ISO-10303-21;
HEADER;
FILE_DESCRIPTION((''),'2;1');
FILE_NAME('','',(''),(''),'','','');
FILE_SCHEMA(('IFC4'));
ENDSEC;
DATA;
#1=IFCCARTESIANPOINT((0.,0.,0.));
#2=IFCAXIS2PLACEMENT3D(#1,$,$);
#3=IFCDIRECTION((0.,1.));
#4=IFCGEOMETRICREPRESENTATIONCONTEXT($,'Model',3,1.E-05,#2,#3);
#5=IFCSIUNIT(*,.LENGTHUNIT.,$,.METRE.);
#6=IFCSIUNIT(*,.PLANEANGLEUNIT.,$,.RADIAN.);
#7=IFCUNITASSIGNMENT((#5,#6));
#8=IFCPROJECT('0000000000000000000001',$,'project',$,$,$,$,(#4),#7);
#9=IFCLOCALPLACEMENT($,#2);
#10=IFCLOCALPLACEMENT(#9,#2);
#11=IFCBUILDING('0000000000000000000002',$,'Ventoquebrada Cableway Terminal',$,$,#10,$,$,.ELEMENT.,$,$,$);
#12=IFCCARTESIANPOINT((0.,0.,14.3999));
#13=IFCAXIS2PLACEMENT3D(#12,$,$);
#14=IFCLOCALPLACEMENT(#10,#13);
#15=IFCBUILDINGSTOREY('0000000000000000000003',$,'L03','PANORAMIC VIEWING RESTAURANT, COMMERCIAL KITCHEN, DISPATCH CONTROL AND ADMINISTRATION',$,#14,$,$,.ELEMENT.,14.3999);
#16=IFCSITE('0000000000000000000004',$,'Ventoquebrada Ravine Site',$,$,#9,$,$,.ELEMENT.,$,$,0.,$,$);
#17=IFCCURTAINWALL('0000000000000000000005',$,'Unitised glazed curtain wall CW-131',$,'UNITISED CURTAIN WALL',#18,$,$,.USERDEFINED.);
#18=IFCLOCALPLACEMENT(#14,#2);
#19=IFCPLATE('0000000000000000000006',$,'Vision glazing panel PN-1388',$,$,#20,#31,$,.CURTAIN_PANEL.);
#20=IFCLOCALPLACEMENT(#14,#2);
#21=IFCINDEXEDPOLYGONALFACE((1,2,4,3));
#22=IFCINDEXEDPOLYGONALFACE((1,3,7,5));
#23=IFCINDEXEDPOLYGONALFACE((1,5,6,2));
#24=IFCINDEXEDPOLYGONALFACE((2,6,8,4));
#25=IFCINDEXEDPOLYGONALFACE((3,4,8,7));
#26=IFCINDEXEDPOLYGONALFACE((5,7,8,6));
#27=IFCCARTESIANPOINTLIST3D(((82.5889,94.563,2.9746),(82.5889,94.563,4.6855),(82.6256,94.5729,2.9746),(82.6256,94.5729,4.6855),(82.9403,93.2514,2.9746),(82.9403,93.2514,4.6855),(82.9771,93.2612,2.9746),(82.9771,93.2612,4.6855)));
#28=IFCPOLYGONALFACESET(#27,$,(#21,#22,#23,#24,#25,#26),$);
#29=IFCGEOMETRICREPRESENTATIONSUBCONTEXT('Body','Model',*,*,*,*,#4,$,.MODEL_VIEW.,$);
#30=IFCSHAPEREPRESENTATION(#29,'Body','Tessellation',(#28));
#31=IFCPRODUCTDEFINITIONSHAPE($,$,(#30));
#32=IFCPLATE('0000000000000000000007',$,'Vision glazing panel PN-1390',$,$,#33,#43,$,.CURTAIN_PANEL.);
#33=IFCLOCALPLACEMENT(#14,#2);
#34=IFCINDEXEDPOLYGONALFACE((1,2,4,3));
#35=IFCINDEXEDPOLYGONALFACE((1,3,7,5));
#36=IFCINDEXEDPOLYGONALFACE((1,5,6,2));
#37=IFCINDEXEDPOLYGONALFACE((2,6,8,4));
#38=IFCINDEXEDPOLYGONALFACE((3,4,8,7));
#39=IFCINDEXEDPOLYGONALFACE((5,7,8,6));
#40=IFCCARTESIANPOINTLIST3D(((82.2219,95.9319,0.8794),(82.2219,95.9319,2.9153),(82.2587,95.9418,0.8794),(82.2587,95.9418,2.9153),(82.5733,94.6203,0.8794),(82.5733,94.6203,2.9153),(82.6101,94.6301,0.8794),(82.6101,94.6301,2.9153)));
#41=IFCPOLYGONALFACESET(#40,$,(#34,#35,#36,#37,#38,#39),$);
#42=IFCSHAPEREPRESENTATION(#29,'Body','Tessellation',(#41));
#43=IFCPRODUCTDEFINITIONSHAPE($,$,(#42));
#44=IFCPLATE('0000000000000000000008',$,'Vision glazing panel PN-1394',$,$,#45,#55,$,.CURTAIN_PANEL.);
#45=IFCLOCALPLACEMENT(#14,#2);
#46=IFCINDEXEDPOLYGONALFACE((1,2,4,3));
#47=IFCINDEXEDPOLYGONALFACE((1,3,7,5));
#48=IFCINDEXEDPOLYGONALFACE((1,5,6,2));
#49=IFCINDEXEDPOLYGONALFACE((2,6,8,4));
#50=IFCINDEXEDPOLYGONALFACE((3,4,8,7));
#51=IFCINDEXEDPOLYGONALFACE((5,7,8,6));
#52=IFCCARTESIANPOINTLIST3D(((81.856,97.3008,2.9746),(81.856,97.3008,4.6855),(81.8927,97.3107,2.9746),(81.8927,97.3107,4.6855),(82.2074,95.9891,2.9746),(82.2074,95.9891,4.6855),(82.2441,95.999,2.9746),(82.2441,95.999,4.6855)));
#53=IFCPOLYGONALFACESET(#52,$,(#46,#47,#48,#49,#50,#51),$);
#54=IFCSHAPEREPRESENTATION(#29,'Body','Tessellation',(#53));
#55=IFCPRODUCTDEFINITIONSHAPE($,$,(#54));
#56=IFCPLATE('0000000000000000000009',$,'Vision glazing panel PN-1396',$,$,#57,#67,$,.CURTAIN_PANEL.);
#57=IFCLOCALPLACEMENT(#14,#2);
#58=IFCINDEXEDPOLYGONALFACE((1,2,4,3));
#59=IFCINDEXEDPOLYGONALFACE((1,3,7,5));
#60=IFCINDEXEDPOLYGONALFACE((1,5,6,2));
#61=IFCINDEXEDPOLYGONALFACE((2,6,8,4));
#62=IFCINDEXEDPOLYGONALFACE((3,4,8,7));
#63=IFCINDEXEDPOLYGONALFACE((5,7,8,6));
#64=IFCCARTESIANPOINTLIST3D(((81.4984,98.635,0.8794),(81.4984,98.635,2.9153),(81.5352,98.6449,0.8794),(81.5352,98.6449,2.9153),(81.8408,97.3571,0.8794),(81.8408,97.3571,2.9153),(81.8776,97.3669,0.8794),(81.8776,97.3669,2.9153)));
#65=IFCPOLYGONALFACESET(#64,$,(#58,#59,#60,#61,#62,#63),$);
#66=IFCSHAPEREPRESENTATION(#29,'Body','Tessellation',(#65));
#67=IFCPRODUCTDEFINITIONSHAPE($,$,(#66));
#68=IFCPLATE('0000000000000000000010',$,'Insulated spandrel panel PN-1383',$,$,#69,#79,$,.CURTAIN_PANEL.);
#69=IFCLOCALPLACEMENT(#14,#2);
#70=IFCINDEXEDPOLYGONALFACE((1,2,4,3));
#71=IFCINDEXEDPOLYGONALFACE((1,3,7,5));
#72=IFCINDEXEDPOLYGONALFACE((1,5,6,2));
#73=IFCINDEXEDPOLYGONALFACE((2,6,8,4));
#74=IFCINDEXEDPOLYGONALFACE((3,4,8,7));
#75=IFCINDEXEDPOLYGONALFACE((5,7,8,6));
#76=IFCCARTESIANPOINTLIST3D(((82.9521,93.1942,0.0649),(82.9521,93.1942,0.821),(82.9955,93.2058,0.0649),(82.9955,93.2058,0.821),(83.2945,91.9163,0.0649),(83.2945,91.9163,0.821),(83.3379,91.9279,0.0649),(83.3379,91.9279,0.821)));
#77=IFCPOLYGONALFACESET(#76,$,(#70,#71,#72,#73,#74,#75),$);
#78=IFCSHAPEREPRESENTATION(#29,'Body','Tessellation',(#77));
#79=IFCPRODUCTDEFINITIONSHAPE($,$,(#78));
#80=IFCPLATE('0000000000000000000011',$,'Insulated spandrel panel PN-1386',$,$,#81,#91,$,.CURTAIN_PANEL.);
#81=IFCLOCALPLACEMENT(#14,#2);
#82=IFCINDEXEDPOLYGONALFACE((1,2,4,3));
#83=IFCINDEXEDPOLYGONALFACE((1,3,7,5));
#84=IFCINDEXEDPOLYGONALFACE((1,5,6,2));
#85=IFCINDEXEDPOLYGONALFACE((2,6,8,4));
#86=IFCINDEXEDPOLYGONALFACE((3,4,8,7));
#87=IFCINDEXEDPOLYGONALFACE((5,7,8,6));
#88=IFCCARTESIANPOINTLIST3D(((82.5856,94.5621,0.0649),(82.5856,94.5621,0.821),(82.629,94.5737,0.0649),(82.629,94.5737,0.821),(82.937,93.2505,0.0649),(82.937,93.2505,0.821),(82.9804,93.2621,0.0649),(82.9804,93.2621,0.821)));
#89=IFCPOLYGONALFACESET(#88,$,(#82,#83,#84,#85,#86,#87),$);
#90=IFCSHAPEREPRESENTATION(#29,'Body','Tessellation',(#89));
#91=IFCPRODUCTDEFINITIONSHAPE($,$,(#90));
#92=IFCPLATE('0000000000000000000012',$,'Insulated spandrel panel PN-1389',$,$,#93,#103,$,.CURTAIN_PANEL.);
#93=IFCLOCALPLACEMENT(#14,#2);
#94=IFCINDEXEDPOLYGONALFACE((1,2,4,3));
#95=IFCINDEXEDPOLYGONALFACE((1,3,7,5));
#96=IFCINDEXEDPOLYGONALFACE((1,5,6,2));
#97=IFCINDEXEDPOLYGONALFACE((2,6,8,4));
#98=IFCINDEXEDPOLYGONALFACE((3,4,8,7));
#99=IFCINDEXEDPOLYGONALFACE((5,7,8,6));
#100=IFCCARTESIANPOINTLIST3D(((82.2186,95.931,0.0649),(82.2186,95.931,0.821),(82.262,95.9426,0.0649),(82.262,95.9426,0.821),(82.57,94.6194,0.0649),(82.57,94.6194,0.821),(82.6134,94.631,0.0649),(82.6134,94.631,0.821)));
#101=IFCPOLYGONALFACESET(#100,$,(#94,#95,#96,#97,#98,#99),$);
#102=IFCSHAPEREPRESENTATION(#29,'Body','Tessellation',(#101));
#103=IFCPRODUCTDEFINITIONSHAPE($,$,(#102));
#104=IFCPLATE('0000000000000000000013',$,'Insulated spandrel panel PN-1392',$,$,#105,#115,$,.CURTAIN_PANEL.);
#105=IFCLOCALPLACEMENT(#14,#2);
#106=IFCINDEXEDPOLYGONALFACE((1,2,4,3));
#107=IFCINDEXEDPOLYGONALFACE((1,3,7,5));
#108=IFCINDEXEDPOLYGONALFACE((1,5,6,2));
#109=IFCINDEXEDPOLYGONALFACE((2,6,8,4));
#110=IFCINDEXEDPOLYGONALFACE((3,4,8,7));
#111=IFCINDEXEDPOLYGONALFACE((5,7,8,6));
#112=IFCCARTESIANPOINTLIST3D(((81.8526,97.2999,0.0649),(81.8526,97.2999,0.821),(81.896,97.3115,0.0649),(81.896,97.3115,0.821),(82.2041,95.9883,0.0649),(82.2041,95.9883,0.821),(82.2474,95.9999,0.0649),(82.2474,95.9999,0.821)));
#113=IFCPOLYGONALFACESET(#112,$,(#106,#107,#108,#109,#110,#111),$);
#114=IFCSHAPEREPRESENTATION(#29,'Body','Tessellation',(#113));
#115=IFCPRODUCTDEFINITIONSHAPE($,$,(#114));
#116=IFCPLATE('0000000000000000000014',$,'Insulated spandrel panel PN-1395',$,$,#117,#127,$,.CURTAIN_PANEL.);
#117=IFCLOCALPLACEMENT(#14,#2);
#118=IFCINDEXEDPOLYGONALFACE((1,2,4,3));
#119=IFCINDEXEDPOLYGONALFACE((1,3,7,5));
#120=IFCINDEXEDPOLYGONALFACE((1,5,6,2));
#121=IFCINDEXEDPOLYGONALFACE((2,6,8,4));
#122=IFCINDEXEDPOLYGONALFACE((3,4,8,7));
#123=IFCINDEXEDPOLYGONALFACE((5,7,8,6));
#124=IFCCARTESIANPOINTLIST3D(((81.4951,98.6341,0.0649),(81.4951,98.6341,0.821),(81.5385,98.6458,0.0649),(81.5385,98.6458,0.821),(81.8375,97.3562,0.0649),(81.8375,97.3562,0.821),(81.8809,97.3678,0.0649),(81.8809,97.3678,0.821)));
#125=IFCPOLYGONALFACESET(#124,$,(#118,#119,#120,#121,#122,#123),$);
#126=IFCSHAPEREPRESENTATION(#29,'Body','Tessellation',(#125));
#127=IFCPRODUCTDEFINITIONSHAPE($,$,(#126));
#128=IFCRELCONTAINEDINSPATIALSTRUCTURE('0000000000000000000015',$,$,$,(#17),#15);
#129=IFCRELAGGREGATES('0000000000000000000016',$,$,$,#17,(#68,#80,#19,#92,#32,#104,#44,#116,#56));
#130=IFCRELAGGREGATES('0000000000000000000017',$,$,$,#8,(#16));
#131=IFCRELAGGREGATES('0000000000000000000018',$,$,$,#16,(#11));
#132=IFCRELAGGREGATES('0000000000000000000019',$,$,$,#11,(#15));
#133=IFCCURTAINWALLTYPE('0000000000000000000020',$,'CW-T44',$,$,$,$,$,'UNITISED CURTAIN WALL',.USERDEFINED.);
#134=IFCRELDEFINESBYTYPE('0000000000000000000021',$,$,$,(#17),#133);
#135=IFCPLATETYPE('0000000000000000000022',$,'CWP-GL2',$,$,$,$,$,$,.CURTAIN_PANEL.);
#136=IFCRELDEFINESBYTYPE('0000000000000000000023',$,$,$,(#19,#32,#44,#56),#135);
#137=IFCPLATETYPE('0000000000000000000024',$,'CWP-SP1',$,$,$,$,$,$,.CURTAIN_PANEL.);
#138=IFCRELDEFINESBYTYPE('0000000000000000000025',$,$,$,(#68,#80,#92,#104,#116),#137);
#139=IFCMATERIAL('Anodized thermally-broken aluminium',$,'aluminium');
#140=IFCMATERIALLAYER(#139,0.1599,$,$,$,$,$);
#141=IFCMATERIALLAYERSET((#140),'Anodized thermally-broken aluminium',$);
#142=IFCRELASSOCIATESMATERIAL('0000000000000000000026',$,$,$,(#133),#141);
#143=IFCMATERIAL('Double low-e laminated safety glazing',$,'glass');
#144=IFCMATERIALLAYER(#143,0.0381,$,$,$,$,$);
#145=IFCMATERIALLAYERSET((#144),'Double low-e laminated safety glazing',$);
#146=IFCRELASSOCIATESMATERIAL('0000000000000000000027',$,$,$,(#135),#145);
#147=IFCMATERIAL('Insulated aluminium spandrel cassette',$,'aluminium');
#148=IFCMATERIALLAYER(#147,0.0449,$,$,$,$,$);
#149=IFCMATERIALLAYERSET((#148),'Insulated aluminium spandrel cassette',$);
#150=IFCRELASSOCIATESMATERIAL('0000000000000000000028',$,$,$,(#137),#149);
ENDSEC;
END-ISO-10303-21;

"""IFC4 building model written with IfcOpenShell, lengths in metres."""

from ifc_helpers import new_model, si_unit, direction, frame, origin, origin_2d, place, context, subcontext, project, spatial, rectangle, extrude, material, layer, layer_set, type_object, element, aggregate, save


model = new_model("IFC4")

# Units and contexts
model_context = context("Model", 3, precision=1e-05, world=origin(), true_north=direction((0.0, 1.0)))
body_context = subcontext(model_context, "Body", "Model", "MODEL_VIEW")
ifc_project = project(units=[si_unit("LENGTHUNIT", "METRE"), si_unit("PLANEANGLEUNIT", "RADIAN")], contexts=[model_context])

# Site, building, storey
site_placement = place(None, origin())
site = spatial("IfcSite", under=ifc_project, at=site_placement, Name="Ventoquebrada Ravine Site", CompositionType="ELEMENT", RefElevation=0.0)
building_placement = place(site_placement, origin())
building = spatial("IfcBuilding", under=site, at=building_placement, Name="Ventoquebrada Cableway Terminal", CompositionType="ELEMENT")
storey_placement = place(building_placement, frame((0.0, 0.0, 14.3999)))
storey = spatial("IfcBuildingStorey", under=building, at=storey_placement, Name="L03", Description="PANORAMIC VIEWING RESTAURANT, COMMERCIAL KITCHEN, DISPATCH CONTROL AND ADMINISTRATION", CompositionType="ELEMENT", Elevation=14.3999)

# Curtain wall
ifc_material_1 = material(Name="Anodized thermally-broken aluminium", Category="aluminium")
ifc_layer_1 = layer(ifc_material_1, 0.1599)
ifc_layer_set_1 = layer_set([ifc_layer_1], Name="Anodized thermally-broken aluminium")
curtain_wall_type = type_object("IfcCurtainWallType", Name="CW-T44", ElementType="UNITISED CURTAIN WALL", PredefinedType="USERDEFINED", material=ifc_layer_set_1)
curtain_wall_placement = place(storey_placement, origin())
curtain_wall = element("IfcCurtainWall", 1, at=curtain_wall_placement, inside=storey, type_object=curtain_wall_type, Name="Unitised glazed curtain wall CW-131", ObjectType="UNITISED CURTAIN WALL", PredefinedType="USERDEFINED")

# Plates
ifc_material_2 = material(Name="Double low-e laminated safety glazing", Category="glass")
ifc_layer_2 = layer(ifc_material_2, 0.0381)
ifc_layer_set_2 = layer_set([ifc_layer_2], Name="Double low-e laminated safety glazing")
plate_type_1 = type_object("IfcPlateType", Name="CWP-GL2", PredefinedType="CURTAIN_PANEL", material=ifc_layer_set_2)
plate_1_placement = place(storey_placement, frame((82.783, 93.9121, 2.9746), z_axis=(0.0, 0.0, 1.0), x_axis=(-0.258785, 0.965935, 0.0)))
plate_1 = element("IfcPlate", 2, at=plate_1_placement, type_object=plate_type_1, Name="Vision glazing panel PN-1388", PredefinedType="CURTAIN_PANEL", context=body_context, shape_type="SweptSolid", body=[
    extrude(rectangle(XDim=1.3579, YDim=0.0381, at=origin_2d()), origin(), (0.0, 0.0, 1.0), 1.7109),
])
plate_2_placement = place(storey_placement, frame((82.416, 95.281, 0.8794), z_axis=(0.0, 0.0, 1.0), x_axis=(-0.258785, 0.965935, 0.0)))
plate_2 = element("IfcPlate", 3, at=plate_2_placement, type_object=plate_type_1, Name="Vision glazing panel PN-1390", PredefinedType="CURTAIN_PANEL", context=body_context, shape_type="SweptSolid", body=[
    extrude(rectangle(XDim=1.3579, YDim=0.0381, at=origin_2d()), origin(), (0.0, 0.0, 1.0), 2.0359),
])
plate_3_placement = place(storey_placement, frame((82.05, 96.6499, 2.9746), z_axis=(0.0, 0.0, 1.0), x_axis=(-0.258785, 0.965935, 0.0)))
plate_3 = element("IfcPlate", 4, at=plate_3_placement, type_object=plate_type_1, Name="Vision glazing panel PN-1394", PredefinedType="CURTAIN_PANEL", context=body_context, shape_type="SweptSolid", body=[
    extrude(rectangle(XDim=1.3579, YDim=0.0381, at=origin_2d()), origin(), (0.0, 0.0, 1.0), 1.7109),
])
plate_4_placement = place(storey_placement, frame((81.688, 98.001, 0.8794), z_axis=(0.0, 0.0, 1.0), x_axis=(-0.258785, 0.965935, 0.0)))
plate_4 = element("IfcPlate", 5, at=plate_4_placement, type_object=plate_type_1, Name="Vision glazing panel PN-1396", PredefinedType="CURTAIN_PANEL", context=body_context, shape_type="SweptSolid", body=[
    extrude(rectangle(XDim=1.323, YDim=0.0381, at=origin_2d()), origin(), (0.0, 0.0, 1.0), 2.0359),
])
ifc_material_3 = material(Name="Insulated aluminium spandrel cassette", Category="aluminium")
ifc_layer_3 = layer(ifc_material_3, 0.0449)
ifc_layer_set_3 = layer_set([ifc_layer_3], Name="Insulated aluminium spandrel cassette")
plate_type_2 = type_object("IfcPlateType", Name="CWP-SP1", PredefinedType="CURTAIN_PANEL", material=ifc_layer_set_3)
plate_5_placement = place(storey_placement, frame((83.145, 92.561, 0.0649), z_axis=(0.0, 0.0, 1.0), x_axis=(-0.258785, 0.965935, 0.0)))
plate_5 = element("IfcPlate", 6, at=plate_5_placement, type_object=plate_type_2, Name="Insulated spandrel panel PN-1383", PredefinedType="CURTAIN_PANEL", context=body_context, shape_type="SweptSolid", body=[
    extrude(rectangle(XDim=1.323, YDim=0.0449, at=origin_2d()), origin(), (0.0, 0.0, 1.0), 0.7561),
])
plate_6_placement = place(storey_placement, frame((82.783, 93.9121, 0.0649), z_axis=(0.0, 0.0, 1.0), x_axis=(-0.258785, 0.965935, 0.0)))
plate_6 = element("IfcPlate", 7, at=plate_6_placement, type_object=plate_type_2, Name="Insulated spandrel panel PN-1386", PredefinedType="CURTAIN_PANEL", context=body_context, shape_type="SweptSolid", body=[
    extrude(rectangle(XDim=1.3579, YDim=0.0449, at=origin_2d()), origin(), (0.0, 0.0, 1.0), 0.7561),
])
plate_7_placement = place(storey_placement, frame((82.416, 95.281, 0.0649), z_axis=(0.0, 0.0, 1.0), x_axis=(-0.258785, 0.965935, 0.0)))
plate_7 = element("IfcPlate", 8, at=plate_7_placement, type_object=plate_type_2, Name="Insulated spandrel panel PN-1389", PredefinedType="CURTAIN_PANEL", context=body_context, shape_type="SweptSolid", body=[
    extrude(rectangle(XDim=1.3579, YDim=0.0449, at=origin_2d()), origin(), (0.0, 0.0, 1.0), 0.7561),
])
plate_8_placement = place(storey_placement, frame((82.05, 96.6499, 0.0649), z_axis=(0.0, 0.0, 1.0), x_axis=(-0.258785, 0.965935, 0.0)))
plate_8 = element("IfcPlate", 9, at=plate_8_placement, type_object=plate_type_2, Name="Insulated spandrel panel PN-1392", PredefinedType="CURTAIN_PANEL", context=body_context, shape_type="SweptSolid", body=[
    extrude(rectangle(XDim=1.3579, YDim=0.0449, at=origin_2d()), origin(), (0.0, 0.0, 1.0), 0.7561),
])
plate_9_placement = place(storey_placement, frame((81.688, 98.001, 0.0649), z_axis=(0.0, 0.0, 1.0), x_axis=(-0.258785, 0.965935, 0.0)))
plate_9 = element("IfcPlate", 10, at=plate_9_placement, type_object=plate_type_2, Name="Insulated spandrel panel PN-1395", PredefinedType="CURTAIN_PANEL", context=body_context, shape_type="SweptSolid", body=[
    extrude(rectangle(XDim=1.323, YDim=0.0449, at=origin_2d()), origin(), (0.0, 0.0, 1.0), 0.7561),
])
aggregate(curtain_wall, [plate_5, plate_6, plate_1, plate_7, plate_2, plate_8, plate_3, plate_9, plate_4])

save(model, "model.ifc")
